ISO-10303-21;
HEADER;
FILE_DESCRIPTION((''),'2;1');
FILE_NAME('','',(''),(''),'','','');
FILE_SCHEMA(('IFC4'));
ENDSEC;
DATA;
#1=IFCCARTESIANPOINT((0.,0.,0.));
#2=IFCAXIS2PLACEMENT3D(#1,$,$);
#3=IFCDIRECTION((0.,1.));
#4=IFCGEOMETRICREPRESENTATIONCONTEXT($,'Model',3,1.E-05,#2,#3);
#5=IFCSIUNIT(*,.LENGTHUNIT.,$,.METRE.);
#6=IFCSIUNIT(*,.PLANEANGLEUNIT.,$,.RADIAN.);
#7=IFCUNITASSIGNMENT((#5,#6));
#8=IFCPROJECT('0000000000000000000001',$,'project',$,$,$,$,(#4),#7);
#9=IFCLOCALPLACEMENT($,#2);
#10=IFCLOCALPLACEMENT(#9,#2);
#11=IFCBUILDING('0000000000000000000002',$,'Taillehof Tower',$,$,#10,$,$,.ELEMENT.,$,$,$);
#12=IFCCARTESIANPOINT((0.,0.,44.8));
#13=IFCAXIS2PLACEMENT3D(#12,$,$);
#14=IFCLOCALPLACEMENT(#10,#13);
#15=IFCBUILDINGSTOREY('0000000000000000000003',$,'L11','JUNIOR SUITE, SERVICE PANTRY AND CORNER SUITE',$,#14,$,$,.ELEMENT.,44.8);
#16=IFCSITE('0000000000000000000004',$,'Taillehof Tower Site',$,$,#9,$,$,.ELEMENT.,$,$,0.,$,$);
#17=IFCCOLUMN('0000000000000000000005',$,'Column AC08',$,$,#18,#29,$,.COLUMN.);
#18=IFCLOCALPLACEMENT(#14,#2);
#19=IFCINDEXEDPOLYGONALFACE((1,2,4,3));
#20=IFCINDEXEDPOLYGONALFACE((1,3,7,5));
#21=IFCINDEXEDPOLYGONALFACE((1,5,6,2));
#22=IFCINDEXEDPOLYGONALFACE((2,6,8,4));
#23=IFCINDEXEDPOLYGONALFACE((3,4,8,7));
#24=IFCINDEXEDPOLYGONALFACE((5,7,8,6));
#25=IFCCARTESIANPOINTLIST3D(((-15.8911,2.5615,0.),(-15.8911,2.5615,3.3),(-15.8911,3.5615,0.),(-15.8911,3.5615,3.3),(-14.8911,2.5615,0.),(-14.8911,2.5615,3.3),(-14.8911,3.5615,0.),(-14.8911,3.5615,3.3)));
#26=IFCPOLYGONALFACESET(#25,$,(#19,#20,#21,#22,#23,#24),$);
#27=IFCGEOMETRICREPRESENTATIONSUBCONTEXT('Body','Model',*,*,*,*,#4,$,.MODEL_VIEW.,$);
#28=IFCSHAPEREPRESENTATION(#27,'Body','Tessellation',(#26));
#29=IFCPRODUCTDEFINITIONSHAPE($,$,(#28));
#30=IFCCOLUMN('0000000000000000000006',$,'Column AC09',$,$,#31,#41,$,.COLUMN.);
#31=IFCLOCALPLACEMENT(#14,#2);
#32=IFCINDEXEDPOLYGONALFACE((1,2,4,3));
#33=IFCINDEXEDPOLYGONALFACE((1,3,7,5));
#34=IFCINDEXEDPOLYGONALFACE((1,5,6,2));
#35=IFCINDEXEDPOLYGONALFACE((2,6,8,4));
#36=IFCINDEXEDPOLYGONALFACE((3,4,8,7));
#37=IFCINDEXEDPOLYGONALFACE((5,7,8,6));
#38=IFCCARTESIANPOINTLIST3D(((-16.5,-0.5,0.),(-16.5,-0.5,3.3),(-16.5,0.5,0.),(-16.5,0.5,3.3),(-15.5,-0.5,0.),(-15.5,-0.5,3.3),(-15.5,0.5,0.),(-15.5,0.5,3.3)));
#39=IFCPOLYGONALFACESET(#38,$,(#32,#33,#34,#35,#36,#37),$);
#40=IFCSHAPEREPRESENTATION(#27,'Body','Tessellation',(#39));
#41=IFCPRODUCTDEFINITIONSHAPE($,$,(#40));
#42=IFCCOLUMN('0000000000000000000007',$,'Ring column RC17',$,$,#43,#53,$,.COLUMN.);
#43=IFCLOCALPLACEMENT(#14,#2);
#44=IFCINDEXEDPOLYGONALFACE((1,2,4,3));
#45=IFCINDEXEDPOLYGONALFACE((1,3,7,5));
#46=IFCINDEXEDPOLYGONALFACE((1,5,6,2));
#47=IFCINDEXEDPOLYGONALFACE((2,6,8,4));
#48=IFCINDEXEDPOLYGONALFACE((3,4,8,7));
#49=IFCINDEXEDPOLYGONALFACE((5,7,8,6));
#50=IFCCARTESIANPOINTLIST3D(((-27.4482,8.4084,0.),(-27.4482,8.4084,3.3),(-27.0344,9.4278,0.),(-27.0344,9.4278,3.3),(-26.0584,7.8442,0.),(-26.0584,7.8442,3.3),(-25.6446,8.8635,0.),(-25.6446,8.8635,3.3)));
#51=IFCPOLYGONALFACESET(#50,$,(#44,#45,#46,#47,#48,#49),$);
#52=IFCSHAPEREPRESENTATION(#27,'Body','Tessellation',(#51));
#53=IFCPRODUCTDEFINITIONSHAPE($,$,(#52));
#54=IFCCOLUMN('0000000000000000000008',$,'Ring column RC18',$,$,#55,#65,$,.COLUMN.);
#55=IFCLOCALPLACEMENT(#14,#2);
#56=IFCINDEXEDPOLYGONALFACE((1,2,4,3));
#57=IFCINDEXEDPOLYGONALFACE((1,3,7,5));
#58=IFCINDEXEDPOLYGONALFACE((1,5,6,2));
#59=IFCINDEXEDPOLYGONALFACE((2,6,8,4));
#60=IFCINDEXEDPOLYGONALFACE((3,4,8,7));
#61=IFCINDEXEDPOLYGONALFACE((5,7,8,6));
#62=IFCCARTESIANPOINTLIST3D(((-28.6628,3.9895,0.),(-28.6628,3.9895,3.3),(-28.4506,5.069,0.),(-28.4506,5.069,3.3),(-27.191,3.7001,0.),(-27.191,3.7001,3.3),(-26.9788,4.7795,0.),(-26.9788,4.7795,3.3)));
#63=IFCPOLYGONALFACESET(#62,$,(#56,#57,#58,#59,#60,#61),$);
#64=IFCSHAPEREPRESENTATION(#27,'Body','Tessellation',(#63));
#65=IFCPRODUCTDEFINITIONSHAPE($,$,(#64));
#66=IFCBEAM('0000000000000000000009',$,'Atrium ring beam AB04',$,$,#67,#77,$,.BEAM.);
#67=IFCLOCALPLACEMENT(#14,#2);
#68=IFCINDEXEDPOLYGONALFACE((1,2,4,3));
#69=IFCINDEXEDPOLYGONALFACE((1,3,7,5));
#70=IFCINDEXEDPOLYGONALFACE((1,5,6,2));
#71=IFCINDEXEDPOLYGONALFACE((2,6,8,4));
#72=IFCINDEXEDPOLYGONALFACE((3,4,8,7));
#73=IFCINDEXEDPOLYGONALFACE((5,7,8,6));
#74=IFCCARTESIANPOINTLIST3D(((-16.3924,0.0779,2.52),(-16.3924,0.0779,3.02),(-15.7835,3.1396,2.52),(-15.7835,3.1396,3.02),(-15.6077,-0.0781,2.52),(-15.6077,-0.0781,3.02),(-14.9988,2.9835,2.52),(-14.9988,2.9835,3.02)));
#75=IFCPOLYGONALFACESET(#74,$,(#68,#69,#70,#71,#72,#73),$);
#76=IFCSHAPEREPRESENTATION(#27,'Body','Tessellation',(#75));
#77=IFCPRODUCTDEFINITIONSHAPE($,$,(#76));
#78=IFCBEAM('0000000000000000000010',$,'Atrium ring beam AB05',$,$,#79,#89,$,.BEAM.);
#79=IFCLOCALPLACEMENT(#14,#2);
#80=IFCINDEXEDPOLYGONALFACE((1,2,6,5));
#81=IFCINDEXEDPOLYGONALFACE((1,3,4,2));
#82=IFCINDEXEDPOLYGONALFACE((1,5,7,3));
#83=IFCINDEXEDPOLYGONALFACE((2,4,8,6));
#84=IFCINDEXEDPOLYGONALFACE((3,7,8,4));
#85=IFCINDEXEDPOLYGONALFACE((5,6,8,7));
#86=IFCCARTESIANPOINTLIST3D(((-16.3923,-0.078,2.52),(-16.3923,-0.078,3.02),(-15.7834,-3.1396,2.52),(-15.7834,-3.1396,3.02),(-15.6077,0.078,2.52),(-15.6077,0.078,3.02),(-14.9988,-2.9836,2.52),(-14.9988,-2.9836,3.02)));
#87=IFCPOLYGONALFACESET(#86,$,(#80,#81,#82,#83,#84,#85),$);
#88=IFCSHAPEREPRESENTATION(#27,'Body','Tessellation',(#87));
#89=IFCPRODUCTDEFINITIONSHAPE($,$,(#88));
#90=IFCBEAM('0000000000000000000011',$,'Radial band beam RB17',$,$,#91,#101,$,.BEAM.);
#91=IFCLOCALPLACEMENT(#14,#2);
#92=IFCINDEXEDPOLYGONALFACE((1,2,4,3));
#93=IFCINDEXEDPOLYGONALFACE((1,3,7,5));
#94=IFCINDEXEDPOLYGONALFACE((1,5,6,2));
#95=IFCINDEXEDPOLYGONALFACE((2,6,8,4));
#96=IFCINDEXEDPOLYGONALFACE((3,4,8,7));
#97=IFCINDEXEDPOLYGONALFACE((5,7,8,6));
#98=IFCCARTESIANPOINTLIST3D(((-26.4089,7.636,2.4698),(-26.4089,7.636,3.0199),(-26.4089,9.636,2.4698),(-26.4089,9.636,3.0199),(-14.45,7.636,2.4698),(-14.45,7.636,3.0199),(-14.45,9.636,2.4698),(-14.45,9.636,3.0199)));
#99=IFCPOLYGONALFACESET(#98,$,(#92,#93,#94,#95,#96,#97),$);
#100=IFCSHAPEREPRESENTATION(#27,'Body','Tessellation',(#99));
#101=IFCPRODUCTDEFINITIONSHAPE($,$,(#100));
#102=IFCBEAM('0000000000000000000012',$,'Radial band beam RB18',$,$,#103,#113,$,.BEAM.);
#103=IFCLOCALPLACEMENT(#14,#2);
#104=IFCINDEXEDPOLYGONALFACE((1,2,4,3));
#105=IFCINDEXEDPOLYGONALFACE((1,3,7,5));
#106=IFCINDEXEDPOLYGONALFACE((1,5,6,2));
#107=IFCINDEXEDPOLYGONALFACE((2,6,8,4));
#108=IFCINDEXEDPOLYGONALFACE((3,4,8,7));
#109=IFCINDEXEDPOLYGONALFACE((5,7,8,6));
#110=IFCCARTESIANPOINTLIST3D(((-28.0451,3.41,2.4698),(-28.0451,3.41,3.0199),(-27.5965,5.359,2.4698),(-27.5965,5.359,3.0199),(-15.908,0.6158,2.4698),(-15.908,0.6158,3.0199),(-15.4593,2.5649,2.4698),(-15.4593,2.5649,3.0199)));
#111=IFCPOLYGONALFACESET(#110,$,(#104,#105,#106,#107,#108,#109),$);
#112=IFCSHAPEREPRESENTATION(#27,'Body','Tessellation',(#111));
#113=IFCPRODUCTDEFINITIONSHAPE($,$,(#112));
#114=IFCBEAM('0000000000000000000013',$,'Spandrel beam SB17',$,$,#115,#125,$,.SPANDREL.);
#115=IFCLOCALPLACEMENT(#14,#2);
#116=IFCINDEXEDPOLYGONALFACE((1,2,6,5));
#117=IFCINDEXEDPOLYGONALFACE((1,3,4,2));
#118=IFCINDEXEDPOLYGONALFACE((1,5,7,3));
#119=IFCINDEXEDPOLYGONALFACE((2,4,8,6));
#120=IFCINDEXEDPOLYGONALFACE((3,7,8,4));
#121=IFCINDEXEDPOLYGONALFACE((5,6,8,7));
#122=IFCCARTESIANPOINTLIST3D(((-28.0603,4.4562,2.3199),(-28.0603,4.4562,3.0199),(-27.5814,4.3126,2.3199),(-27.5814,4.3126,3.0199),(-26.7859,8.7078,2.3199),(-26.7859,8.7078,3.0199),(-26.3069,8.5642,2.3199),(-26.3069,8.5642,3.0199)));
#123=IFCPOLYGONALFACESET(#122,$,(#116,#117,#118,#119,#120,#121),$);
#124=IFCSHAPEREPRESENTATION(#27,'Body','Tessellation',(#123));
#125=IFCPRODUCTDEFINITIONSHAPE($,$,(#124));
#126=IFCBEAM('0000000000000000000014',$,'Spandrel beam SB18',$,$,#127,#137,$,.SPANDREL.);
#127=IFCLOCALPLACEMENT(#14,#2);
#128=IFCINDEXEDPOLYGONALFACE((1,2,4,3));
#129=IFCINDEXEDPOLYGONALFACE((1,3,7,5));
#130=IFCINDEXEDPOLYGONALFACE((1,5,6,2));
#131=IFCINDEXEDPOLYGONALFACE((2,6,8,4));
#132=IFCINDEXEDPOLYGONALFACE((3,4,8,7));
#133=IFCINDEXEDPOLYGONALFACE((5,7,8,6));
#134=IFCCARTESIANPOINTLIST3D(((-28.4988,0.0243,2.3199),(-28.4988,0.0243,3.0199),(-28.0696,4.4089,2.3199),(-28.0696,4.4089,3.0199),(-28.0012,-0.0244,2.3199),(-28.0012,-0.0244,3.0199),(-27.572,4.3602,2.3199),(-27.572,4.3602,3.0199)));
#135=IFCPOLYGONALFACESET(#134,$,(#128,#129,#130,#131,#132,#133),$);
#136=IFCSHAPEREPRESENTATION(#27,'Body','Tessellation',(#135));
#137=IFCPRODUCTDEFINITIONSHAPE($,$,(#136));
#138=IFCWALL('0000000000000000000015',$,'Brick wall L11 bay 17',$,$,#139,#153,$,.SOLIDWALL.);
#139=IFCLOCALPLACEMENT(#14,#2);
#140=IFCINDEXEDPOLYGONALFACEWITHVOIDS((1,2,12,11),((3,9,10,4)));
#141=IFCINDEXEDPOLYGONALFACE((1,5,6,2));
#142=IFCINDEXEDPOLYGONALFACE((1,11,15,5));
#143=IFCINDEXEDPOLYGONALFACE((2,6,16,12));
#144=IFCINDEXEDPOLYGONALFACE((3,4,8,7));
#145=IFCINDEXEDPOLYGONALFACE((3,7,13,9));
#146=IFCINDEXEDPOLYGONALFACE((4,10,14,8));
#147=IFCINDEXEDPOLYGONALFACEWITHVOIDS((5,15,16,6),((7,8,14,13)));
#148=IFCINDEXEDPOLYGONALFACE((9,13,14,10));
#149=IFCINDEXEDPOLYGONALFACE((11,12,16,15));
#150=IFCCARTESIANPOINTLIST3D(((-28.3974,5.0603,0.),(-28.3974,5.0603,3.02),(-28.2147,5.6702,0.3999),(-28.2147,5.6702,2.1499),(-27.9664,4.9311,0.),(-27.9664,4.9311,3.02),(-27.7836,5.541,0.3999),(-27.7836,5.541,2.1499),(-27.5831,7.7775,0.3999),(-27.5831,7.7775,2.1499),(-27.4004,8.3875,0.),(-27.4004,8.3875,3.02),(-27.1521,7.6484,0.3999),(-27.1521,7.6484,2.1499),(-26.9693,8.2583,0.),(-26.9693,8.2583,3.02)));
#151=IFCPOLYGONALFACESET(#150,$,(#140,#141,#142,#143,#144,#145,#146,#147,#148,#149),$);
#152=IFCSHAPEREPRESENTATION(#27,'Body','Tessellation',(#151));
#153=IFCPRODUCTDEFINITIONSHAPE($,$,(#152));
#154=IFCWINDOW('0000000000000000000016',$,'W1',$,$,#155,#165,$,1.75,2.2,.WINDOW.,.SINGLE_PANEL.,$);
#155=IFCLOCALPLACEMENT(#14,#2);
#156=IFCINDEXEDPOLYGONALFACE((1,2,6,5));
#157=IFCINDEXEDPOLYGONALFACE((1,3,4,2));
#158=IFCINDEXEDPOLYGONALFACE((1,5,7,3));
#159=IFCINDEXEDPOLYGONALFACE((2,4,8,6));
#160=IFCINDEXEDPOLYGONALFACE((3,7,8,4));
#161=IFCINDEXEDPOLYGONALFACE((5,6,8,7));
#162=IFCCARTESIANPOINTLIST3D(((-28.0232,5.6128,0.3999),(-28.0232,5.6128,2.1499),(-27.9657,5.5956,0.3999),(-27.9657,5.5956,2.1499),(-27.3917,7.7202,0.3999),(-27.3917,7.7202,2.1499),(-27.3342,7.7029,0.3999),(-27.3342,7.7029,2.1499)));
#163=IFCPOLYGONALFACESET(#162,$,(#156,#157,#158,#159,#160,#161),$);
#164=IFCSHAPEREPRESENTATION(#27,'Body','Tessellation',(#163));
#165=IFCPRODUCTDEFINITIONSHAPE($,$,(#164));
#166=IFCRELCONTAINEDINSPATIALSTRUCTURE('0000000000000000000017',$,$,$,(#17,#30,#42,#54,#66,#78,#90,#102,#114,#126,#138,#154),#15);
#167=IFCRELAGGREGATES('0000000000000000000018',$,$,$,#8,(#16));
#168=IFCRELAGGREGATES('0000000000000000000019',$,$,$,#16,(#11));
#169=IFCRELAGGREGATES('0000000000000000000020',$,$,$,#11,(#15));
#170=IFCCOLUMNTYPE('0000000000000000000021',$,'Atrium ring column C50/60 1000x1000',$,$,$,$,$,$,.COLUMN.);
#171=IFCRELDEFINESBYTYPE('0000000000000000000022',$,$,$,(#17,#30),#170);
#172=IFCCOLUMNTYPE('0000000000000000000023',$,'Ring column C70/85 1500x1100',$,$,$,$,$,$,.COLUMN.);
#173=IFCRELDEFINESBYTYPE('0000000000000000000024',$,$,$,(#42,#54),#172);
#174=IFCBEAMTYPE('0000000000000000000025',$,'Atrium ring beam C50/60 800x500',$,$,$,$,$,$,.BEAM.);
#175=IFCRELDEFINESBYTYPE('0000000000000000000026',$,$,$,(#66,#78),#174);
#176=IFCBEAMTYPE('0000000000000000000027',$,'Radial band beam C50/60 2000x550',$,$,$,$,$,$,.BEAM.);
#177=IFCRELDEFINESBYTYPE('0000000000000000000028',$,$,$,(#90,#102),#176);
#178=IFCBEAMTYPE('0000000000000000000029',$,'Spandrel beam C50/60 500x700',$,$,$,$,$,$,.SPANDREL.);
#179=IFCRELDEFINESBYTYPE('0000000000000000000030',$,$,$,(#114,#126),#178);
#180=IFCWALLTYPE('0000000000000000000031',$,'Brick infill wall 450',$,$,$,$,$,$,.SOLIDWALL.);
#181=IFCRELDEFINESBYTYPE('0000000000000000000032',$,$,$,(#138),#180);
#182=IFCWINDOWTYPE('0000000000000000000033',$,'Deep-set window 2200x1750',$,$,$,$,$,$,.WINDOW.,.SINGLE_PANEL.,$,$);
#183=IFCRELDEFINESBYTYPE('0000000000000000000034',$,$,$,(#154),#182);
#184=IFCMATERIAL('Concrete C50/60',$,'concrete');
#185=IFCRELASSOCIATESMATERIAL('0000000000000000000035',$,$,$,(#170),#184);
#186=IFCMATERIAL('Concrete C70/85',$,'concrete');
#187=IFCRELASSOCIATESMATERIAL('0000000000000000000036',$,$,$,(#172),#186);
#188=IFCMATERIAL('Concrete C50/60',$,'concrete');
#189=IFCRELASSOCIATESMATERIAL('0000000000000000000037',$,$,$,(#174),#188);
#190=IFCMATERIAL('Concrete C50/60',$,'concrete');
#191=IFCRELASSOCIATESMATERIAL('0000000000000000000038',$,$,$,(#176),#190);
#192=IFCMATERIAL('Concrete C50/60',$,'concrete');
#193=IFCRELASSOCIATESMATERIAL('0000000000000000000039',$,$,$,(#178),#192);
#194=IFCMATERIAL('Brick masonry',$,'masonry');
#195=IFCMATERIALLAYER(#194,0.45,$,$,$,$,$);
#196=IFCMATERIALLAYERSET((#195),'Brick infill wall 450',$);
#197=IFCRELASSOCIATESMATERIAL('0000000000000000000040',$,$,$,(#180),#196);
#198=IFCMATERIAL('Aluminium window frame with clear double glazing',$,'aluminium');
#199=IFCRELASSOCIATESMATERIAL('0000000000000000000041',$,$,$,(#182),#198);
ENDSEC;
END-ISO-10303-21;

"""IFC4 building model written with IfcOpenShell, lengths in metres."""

from ifc_helpers import new_model, si_unit, direction, frame, frame_2d, origin, origin_2d, place, context, subcontext, project, spatial, rectangle, extrude, material, layer, layer_set, material_profile, profile_set, type_object, element, fill, save


model = new_model("IFC4")

# Units and contexts
model_context = context("Model", 3, precision=1e-05, world=origin(), true_north=direction((0.0, 1.0)))
body_context = subcontext(model_context, "Body", "Model", "MODEL_VIEW")
ifc_project = project(units=[si_unit("LENGTHUNIT", "METRE"), si_unit("PLANEANGLEUNIT", "RADIAN")], contexts=[model_context])

# Site, building, storey
site_placement = place(None, origin())
site = spatial("IfcSite", under=ifc_project, at=site_placement, Name="Taillehof Tower Site", CompositionType="ELEMENT", RefElevation=0.0)
building_placement = place(site_placement, origin())
building = spatial("IfcBuilding", under=site, at=building_placement, Name="Taillehof Tower", CompositionType="ELEMENT")
storey_placement = place(building_placement, frame((0.0, 0.0, 44.8)))
storey = spatial("IfcBuildingStorey", under=building, at=storey_placement, Name="L11", Description="JUNIOR SUITE, SERVICE PANTRY AND CORNER SUITE", CompositionType="ELEMENT", Elevation=44.8)

# Columns
ifc_material_1 = material(Name="Concrete C50/60", Category="concrete")
ifc_material_profile_1 = material_profile(ifc_material_1, rectangle(XDim=1.0, YDim=1.0, at=origin_2d()), Name="RC 1000x1000")
ifc_profile_set_1 = profile_set([ifc_material_profile_1], Name="Concrete C50/60")
column_type_1 = type_object("IfcColumnType", Name="Atrium ring column C50/60 1000x1000", PredefinedType="COLUMN", material=ifc_profile_set_1)
for number, where, z_axis, x_axis, name in (
    (1, (-15.3911, 3.0615, 0.0), (0.0, 0.0, 1.0), (1.0, 0.0, 0.0), "Column AC08"),
    (2, (-16.0, 0.0, 0.0), (0.0, 0.0, 1.0), (1.0, 0.0, 0.0), "Column AC09"),
):
    element("IfcColumn", number, at=place(storey_placement, frame(where, z_axis=z_axis, x_axis=x_axis)), inside=storey, type_object=column_type_1, Name=name, PredefinedType="COLUMN", context=body_context, shape_type="SweptSolid", body=[
        extrude(rectangle(XDim=1.0, YDim=1.0, at=origin_2d()), origin(), (0.0, 0.0, 1.0), 3.3),
    ])
ifc_material_2 = material(Name="Concrete C70/85", Category="concrete")
ifc_material_profile_2 = material_profile(ifc_material_2, rectangle(XDim=1.5, YDim=1.1001, at=origin_2d()), Name="RC 1500x1100")
ifc_profile_set_2 = profile_set([ifc_material_profile_2], Name="Concrete C70/85")
column_type_2 = type_object("IfcColumnType", Name="Ring column C70/85 1500x1100", PredefinedType="COLUMN", material=ifc_profile_set_2)
for number, where, z_axis, x_axis, name in (
    (3, (-26.5464, 8.636, 0.0), (0.0, 0.0, 1.0), (-0.926558, 0.376152, 0.0), "Ring column RC17"),
    (4, (-27.8208, 4.3845, 0.0), (0.0, 0.0, 1.0), (-0.981204, 0.192976, 0.0), "Ring column RC18"),
):
    element("IfcColumn", number, at=place(storey_placement, frame(where, z_axis=z_axis, x_axis=x_axis)), inside=storey, type_object=column_type_2, Name=name, PredefinedType="COLUMN", context=body_context, shape_type="SweptSolid", body=[
        extrude(rectangle(XDim=1.5, YDim=1.1001, at=origin_2d()), origin(), (0.0, 0.0, 1.0), 3.3),
    ])

# Beams
ifc_material_3 = material(Name="Concrete C50/60", Category="concrete")
ifc_material_profile_3 = material_profile(ifc_material_3, rectangle(XDim=0.8, YDim=0.5, at=origin_2d()), Name="RC 800x500")
ifc_profile_set_3 = profile_set([ifc_material_profile_3], Name="Concrete C50/60")
beam_type_1 = type_object("IfcBeamType", Name="Atrium ring beam C50/60 800x500", PredefinedType="BEAM", material=ifc_profile_set_3)
for number, where, z_axis, x_axis, name in (
    (5, (-15.3911, 3.0615, 2.77), (-0.195063, -0.980791, 0.0), (0.980791, -0.195063, 0.0), "Atrium ring beam AB04"),
    (6, (-16.0, 0.0, 2.77), (0.195063, -0.980791, 0.0), (0.980791, 0.195063, 0.0), "Atrium ring beam AB05"),
):
    element("IfcBeam", number, at=place(storey_placement, frame(where, z_axis=z_axis, x_axis=x_axis)), inside=storey, type_object=beam_type_1, Name=name, PredefinedType="BEAM", context=body_context, shape_type="SweptSolid", body=[
        extrude(rectangle(XDim=0.8, YDim=0.5, at=origin_2d()), origin(), (0.0, 0.0, 1.0), 3.1216),
    ])
ifc_material_4 = material(Name="Concrete C50/60", Category="concrete")
ifc_material_profile_4 = material_profile(ifc_material_4, rectangle(XDim=2.0, YDim=0.55, at=origin_2d()), Name="RC 2000x550")
ifc_profile_set_4 = profile_set([ifc_material_profile_4], Name="Concrete C50/60")
beam_type_2 = type_object("IfcBeamType", Name="Radial band beam C50/60 2000x550", PredefinedType="BEAM", material=ifc_profile_set_4)
beam_1_placement = place(storey_placement, frame((-26.4089, 8.636, 2.7449), z_axis=(1.0, 0.0, 0.0), x_axis=(0.0, 1.0, 0.0)))
element("IfcBeam", 7, at=beam_1_placement, inside=storey, type_object=beam_type_2, Name="Radial band beam RB17", PredefinedType="BEAM", context=body_context, shape_type="SweptSolid", body=[
    extrude(rectangle(XDim=2.0, YDim=0.55, at=origin_2d()), origin(), (0.0, 0.0, 1.0), 11.959),
])
beam_2_placement = place(storey_placement, frame((-27.8208, 4.3845, 2.7449), z_axis=(0.974509, -0.224348, 0.0), x_axis=(0.224348, 0.974509, 0.0)))
element("IfcBeam", 8, at=beam_2_placement, inside=storey, type_object=beam_type_2, Name="Radial band beam RB18", PredefinedType="BEAM", context=body_context, shape_type="SweptSolid", body=[
    extrude(rectangle(XDim=2.0, YDim=0.55, at=origin_2d()), origin(), (0.0, 0.0, 1.0), 12.4546),
])
ifc_material_5 = material(Name="Concrete C50/60", Category="concrete")
ifc_material_profile_5 = material_profile(ifc_material_5, rectangle(XDim=0.5, YDim=0.7, at=origin_2d()), Name="RC 500x700")
ifc_profile_set_5 = profile_set([ifc_material_profile_5], Name="Concrete C50/60")
beam_type_3 = type_object("IfcBeamType", Name="Spandrel beam C50/60 500x700", PredefinedType="SPANDREL", material=ifc_profile_set_5)
beam_3_placement = place(storey_placement, frame((-26.5464, 8.636, 2.6699), z_axis=(-0.287136, -0.95789, 0.0), x_axis=(0.95789, -0.287136, 0.0)))
element("IfcBeam", 9, at=beam_3_placement, inside=storey, type_object=beam_type_3, Name="Spandrel beam SB17", PredefinedType="SPANDREL", context=body_context, shape_type="SweptSolid", body=[
    extrude(rectangle(XDim=0.5, YDim=0.7, at=origin_2d()), origin(), (0.0, 0.0, 1.0), 4.4385),
])
beam_4_placement = place(storey_placement, frame((-27.8208, 4.3845, 2.6699), z_axis=(-0.097424, -0.995243, 0.0), x_axis=(0.995243, -0.097424, 0.0)))
element("IfcBeam", 10, at=beam_4_placement, inside=storey, type_object=beam_type_3, Name="Spandrel beam SB18", PredefinedType="SPANDREL", context=body_context, shape_type="SweptSolid", body=[
    extrude(rectangle(XDim=0.5, YDim=0.7, at=origin_2d()), origin(), (0.0, 0.0, 1.0), 4.4055),
])

# Wall, opening, window
ifc_material_6 = material(Name="Brick masonry", Category="masonry")
ifc_layer_1 = layer(ifc_material_6, 0.45)
ifc_layer_set_1 = layer_set([ifc_layer_1], Name="Brick infill wall 450")
wall_type_1 = type_object("IfcWallType", Name="Brick infill wall 450", PredefinedType="SOLIDWALL", material=ifc_layer_set_1)
wall_1_placement = place(storey_placement, frame((-27.1848, 8.323, 0.0), z_axis=(0.0, 0.0, 1.0), x_axis=(-0.287064, -0.957911, 0.0)))
wall_1 = element("IfcWall", 11, at=wall_1_placement, inside=storey, type_object=wall_type_1, Name="Brick wall L11 bay 17", PredefinedType="SOLIDWALL", context=body_context, shape_type="SweptSolid", body=[
    extrude(rectangle(XDim=3.4734, YDim=0.45, at=frame_2d((1.7368, 0.0))), origin(), (0.0, 0.0, 1.0), 3.02),
])
opening_1_placement = place(wall_1_placement, frame((0.6367, 0.0, 0.3999)))
opening_1 = element("IfcOpeningElement", 12, at=opening_1_placement, cuts=wall_1, PredefinedType="OPENING", context=body_context, shape_type="SweptSolid", body=[
    extrude(rectangle(XDim=2.2, YDim=1.75, at=frame_2d((1.1001, 0.875))), frame((0.0, 0.2349, 0.0), z_axis=(0.0, -1.0, 0.0), x_axis=(1.0, 0.0, 0.0)), (0.0, 0.0, 1.0), 0.47),
])
ifc_material_7 = material(Name="Aluminium window frame with clear double glazing", Category="aluminium")
window_type = type_object("IfcWindowType", Name="Deep-set window 2200x1750", PartitioningType="SINGLE_PANEL", PredefinedType="WINDOW", material=ifc_material_7)
window_1_placement = place(opening_1_placement, origin())
window_1 = element("IfcWindow", 13, at=window_1_placement, inside=storey, type_object=window_type, Name="W1", OverallHeight=1.75, OverallWidth=2.2, PartitioningType="SINGLE_PANEL", PredefinedType="WINDOW", context=body_context, shape_type="SweptSolid", body=[
    extrude(rectangle(XDim=2.2, YDim=1.75, at=frame_2d((1.1001, 0.875))), frame((0.0, 0.0349, 0.0), z_axis=(0.0, -1.0, 0.0), x_axis=(1.0, 0.0, 0.0)), (0.0, 0.0, 1.0), 0.0601),
])
fill(opening_1, window_1)

save(model, "model.ifc")
